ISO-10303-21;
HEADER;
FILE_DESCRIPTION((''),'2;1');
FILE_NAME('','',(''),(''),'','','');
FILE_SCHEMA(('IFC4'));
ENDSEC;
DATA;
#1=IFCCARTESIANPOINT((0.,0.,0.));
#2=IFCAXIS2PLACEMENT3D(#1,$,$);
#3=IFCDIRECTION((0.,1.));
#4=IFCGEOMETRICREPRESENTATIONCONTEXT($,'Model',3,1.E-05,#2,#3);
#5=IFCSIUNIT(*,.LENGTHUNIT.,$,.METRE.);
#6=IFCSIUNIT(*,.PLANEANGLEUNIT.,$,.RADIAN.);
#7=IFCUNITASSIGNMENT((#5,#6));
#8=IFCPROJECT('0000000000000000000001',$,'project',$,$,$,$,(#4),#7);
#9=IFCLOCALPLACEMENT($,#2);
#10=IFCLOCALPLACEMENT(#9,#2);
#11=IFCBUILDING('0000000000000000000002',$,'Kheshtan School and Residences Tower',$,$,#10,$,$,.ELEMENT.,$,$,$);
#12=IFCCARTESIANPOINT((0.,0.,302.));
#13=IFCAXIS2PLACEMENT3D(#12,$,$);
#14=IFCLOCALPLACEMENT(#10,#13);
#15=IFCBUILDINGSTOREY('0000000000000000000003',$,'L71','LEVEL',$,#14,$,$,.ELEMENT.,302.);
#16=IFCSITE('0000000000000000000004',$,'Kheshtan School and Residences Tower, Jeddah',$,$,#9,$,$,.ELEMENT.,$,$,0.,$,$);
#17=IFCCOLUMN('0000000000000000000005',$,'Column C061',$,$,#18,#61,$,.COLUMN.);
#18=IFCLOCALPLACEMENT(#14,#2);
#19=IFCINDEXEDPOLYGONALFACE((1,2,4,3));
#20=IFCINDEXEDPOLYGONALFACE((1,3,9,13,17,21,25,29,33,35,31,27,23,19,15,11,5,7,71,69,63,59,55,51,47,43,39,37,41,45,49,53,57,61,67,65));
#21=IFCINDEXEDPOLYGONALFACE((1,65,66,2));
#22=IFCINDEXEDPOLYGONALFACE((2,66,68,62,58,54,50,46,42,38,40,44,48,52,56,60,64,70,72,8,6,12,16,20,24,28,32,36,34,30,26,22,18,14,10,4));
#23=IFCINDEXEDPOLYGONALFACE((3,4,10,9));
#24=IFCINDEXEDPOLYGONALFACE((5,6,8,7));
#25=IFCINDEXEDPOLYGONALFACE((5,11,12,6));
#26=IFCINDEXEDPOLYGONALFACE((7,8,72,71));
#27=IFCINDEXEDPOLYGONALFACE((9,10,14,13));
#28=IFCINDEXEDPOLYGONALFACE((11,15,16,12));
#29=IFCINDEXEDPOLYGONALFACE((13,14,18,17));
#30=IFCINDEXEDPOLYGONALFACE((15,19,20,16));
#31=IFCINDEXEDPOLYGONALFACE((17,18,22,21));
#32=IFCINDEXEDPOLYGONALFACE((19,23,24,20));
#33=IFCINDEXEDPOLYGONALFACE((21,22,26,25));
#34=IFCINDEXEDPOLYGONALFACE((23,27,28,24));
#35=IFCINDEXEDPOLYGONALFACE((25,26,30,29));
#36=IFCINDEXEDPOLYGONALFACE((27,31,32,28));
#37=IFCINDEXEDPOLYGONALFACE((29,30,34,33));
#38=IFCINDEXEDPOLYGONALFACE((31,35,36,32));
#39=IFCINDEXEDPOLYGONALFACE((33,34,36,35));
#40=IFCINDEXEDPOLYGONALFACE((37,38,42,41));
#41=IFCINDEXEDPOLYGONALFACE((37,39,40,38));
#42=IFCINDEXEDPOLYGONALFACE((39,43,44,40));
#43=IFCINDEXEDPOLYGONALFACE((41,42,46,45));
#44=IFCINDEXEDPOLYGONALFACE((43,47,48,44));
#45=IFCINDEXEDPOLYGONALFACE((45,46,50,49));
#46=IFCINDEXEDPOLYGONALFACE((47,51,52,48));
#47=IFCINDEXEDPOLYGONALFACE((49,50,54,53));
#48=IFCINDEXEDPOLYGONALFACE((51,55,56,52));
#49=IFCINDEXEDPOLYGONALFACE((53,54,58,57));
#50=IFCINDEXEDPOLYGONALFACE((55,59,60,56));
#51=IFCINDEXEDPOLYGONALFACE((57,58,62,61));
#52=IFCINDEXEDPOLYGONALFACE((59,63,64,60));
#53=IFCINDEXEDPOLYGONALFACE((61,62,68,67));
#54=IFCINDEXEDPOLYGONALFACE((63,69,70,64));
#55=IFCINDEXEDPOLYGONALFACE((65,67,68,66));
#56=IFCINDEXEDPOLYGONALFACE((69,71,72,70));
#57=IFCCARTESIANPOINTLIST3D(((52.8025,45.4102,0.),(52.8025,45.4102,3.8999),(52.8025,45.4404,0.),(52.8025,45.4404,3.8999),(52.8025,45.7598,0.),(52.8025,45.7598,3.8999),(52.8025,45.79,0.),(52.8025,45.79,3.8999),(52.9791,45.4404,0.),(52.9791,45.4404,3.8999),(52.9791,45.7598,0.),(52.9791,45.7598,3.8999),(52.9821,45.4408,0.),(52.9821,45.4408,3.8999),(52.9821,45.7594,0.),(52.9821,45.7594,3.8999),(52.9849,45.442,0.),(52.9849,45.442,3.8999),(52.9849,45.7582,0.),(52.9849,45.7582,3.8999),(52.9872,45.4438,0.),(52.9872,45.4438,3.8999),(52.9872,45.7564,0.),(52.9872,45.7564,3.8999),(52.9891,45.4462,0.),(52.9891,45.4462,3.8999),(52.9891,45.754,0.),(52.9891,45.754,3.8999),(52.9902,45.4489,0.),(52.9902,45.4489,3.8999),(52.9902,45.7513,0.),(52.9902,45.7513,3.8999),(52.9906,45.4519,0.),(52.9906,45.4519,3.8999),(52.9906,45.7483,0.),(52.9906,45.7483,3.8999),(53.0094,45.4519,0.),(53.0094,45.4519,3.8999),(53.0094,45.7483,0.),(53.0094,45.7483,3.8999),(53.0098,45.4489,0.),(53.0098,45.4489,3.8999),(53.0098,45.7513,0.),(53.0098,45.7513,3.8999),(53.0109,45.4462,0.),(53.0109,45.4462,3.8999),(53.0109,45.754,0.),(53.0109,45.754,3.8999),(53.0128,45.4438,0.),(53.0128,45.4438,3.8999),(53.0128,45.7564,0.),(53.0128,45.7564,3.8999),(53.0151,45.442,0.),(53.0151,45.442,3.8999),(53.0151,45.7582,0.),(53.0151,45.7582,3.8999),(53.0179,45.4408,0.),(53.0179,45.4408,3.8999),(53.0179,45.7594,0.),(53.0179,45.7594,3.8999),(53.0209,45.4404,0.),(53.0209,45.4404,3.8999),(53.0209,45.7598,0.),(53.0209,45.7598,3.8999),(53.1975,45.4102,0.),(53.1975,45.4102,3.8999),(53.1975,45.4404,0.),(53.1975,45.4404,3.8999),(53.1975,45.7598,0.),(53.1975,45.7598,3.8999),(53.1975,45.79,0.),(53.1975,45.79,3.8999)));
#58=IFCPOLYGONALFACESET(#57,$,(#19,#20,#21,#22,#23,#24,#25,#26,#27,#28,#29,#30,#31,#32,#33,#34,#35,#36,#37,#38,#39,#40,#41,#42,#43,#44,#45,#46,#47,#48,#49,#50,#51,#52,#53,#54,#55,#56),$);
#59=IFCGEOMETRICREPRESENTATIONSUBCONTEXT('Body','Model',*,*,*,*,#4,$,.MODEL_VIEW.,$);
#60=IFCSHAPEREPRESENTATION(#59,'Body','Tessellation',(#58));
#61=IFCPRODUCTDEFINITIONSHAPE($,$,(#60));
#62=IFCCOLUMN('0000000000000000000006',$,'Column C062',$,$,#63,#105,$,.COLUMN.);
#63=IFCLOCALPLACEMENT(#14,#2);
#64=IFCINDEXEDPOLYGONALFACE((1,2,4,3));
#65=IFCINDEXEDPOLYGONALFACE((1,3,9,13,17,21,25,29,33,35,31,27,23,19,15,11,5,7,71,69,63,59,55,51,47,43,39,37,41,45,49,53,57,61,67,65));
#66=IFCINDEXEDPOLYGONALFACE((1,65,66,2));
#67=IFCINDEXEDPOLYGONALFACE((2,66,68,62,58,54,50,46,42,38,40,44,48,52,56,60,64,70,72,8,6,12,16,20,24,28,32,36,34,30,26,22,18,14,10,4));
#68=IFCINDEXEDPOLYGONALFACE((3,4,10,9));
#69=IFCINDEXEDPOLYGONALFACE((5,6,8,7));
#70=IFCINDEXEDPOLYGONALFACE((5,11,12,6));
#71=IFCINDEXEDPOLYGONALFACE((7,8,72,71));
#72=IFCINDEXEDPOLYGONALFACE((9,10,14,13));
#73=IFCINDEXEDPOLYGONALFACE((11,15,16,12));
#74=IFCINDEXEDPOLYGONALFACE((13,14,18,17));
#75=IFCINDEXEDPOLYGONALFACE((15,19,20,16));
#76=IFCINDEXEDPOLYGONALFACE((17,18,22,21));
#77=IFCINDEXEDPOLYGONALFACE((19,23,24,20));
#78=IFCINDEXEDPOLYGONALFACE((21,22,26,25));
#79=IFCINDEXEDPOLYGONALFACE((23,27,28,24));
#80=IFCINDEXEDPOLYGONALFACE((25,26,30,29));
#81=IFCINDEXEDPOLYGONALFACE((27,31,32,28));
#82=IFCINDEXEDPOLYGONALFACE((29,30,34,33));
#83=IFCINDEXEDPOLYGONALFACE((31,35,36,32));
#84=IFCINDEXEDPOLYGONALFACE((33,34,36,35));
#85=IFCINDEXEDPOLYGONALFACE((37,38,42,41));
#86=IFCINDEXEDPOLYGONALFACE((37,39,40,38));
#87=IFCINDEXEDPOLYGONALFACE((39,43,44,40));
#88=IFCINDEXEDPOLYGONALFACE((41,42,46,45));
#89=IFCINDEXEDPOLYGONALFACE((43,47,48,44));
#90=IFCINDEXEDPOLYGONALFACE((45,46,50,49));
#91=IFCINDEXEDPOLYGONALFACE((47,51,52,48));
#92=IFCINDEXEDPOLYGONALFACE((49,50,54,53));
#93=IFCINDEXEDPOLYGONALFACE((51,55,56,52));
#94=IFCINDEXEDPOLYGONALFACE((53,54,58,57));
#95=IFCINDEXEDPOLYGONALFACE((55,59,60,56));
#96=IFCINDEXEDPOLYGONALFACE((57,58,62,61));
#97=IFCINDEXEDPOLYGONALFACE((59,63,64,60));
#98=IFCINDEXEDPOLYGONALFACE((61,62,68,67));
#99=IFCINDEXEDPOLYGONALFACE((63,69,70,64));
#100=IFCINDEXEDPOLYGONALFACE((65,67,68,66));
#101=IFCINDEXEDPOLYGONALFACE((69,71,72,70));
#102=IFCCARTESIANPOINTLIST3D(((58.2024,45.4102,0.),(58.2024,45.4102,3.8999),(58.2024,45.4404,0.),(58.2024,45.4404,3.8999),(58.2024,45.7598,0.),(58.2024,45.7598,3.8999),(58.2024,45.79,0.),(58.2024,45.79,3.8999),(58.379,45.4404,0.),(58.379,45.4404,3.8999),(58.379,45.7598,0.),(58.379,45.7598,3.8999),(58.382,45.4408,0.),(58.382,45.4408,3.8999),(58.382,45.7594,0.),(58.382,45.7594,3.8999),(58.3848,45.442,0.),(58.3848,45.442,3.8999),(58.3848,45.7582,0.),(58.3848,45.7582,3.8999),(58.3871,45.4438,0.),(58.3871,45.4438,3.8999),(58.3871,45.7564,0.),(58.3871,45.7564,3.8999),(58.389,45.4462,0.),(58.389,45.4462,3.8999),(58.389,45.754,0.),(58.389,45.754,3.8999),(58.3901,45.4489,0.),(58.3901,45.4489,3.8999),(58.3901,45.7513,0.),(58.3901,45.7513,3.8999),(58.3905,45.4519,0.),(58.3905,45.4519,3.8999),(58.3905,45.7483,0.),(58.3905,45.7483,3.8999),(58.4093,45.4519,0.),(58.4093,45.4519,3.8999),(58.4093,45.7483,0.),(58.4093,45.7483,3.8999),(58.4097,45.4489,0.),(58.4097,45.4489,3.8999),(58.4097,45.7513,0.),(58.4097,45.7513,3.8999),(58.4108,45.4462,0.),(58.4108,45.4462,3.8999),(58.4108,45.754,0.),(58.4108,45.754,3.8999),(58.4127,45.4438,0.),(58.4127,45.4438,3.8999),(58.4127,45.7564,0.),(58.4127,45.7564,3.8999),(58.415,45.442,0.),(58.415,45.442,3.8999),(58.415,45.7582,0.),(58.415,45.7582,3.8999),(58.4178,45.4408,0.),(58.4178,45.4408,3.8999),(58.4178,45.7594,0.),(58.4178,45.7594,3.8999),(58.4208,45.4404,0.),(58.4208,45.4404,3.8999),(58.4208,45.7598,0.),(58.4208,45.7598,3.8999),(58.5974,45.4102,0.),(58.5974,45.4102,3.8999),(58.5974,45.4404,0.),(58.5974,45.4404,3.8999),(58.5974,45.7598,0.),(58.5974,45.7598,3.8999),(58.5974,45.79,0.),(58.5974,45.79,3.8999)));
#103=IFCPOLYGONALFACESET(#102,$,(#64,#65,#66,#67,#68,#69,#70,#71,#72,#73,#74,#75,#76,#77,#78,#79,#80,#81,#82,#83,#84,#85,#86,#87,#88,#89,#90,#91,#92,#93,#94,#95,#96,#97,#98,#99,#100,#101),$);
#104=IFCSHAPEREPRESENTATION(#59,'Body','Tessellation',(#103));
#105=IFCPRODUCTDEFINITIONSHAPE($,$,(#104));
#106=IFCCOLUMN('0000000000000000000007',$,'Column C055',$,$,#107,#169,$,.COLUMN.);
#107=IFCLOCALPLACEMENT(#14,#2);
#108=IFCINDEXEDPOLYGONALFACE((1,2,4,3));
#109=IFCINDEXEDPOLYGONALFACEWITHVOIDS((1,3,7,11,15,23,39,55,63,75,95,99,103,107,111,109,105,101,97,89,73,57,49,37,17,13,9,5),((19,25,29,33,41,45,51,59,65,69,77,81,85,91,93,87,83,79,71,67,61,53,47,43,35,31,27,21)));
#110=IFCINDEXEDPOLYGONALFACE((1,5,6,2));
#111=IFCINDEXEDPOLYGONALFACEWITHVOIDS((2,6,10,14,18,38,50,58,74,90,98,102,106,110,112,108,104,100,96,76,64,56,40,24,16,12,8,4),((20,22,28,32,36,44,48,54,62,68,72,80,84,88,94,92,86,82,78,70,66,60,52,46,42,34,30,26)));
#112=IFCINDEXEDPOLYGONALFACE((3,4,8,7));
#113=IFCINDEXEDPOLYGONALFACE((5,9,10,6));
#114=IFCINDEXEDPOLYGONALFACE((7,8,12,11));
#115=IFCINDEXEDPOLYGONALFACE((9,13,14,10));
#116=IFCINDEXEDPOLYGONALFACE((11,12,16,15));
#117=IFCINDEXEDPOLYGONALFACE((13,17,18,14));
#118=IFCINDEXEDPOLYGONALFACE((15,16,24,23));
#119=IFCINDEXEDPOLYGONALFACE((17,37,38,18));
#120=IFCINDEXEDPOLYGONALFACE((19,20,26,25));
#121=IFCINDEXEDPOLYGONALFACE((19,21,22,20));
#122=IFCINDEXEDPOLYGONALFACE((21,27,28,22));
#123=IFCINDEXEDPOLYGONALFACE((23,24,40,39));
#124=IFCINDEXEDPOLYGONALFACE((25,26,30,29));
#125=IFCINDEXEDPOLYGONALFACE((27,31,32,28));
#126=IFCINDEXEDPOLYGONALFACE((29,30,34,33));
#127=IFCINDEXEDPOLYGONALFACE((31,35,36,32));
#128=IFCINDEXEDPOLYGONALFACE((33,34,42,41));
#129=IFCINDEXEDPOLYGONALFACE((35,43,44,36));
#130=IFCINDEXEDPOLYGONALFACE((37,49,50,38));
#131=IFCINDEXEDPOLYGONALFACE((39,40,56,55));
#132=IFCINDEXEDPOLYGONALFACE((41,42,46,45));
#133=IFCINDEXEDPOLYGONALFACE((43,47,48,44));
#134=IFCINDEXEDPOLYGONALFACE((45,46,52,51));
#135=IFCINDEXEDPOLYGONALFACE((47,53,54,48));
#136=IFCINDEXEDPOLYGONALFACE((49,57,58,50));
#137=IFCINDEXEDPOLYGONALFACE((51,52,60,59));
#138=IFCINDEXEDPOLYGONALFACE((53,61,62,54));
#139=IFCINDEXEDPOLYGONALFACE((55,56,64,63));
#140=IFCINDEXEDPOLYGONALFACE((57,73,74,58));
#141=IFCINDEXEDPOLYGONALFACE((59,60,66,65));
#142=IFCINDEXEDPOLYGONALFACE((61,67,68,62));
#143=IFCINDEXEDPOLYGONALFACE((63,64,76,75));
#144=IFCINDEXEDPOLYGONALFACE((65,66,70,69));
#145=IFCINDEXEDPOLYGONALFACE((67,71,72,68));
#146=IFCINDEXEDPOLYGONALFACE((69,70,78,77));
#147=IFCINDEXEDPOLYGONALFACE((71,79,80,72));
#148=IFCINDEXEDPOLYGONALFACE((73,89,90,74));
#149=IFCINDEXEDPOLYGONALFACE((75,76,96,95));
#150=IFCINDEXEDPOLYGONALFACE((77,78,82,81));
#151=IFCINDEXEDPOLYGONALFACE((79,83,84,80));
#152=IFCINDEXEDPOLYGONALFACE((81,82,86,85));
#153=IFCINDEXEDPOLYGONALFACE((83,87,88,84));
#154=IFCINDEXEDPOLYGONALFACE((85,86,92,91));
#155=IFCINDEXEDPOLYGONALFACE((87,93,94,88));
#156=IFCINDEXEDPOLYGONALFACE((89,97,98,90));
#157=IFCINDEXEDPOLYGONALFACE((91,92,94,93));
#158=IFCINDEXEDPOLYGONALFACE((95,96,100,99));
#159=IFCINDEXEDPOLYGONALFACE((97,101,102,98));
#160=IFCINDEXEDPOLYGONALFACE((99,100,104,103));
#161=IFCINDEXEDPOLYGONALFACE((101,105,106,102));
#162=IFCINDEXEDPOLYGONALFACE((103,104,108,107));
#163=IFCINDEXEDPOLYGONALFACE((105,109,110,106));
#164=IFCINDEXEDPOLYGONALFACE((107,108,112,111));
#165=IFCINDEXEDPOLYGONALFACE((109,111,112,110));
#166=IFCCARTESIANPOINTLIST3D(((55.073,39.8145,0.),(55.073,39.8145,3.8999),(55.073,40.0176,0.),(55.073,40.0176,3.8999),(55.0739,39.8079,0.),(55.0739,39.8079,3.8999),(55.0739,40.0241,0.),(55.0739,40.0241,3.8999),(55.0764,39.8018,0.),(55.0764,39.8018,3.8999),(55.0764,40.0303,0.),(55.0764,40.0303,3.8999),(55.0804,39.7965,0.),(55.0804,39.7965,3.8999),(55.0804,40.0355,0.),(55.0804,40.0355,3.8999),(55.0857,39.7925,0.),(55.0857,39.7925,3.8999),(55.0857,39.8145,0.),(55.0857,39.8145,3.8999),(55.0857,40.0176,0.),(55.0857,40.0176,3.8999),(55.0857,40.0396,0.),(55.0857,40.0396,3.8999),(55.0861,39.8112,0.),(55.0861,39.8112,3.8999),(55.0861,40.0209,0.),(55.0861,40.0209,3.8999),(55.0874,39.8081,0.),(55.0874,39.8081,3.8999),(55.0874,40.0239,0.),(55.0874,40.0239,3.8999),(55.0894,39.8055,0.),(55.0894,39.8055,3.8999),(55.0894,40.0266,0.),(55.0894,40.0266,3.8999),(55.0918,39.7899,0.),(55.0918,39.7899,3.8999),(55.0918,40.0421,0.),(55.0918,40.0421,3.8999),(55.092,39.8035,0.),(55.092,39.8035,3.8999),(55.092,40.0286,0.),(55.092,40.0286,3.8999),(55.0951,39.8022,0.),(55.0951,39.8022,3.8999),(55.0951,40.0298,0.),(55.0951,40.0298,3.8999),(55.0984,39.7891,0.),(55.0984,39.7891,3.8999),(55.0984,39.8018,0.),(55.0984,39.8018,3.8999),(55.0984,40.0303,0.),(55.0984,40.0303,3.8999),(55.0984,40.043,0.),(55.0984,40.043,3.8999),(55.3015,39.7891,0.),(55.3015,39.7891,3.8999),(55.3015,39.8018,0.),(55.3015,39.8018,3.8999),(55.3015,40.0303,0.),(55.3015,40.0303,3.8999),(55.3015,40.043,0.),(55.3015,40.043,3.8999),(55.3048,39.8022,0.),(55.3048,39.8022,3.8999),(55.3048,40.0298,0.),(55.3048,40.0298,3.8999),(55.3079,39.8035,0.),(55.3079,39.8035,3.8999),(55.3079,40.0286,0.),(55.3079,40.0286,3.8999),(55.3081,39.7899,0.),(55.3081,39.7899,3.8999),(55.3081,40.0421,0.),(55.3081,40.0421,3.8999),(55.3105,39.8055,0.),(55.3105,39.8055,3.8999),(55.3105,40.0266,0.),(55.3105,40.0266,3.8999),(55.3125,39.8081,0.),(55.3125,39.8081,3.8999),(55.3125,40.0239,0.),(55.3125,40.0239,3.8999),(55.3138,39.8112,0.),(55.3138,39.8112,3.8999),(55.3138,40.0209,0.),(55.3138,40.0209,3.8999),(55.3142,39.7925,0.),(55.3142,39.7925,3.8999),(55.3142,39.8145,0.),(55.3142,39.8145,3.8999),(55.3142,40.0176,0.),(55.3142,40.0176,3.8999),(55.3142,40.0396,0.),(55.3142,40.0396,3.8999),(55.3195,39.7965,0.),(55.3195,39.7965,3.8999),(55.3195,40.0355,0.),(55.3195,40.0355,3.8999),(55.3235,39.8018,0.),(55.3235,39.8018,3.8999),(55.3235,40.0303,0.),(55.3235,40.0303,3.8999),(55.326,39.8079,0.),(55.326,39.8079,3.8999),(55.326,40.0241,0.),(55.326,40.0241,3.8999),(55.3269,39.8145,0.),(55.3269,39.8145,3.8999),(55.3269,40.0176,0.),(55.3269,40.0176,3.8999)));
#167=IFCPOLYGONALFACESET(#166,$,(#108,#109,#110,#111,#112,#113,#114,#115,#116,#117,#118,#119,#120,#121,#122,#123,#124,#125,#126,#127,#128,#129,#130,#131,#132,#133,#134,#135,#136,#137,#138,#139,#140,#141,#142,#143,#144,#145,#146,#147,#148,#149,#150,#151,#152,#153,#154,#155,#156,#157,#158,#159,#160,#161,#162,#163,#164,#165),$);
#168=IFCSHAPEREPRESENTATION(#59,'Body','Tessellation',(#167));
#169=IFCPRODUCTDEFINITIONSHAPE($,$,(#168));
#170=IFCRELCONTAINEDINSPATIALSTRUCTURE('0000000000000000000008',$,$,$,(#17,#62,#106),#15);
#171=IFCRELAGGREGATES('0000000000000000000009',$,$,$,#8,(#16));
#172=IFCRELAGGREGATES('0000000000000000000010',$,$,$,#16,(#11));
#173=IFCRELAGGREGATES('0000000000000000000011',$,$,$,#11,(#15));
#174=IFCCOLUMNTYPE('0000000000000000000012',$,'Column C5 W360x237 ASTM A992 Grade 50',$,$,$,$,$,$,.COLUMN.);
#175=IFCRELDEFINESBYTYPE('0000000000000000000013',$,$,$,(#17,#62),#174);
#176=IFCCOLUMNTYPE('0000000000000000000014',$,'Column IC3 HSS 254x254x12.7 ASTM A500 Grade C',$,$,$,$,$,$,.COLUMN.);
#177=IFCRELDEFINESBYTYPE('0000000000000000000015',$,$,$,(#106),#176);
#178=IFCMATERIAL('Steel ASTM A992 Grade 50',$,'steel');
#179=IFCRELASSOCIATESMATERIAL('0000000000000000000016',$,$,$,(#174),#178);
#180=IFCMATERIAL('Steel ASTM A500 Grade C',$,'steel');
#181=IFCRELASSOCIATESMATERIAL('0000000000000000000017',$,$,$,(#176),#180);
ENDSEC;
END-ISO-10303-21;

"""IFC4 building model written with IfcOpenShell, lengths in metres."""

from ifc_helpers import new_model, si_unit, direction, frame, origin, origin_2d, place, context, subcontext, project, spatial, hollow_rectangle, i_section, extrude, material, material_profile, profile_set, type_object, element, save


model = new_model("IFC4")

# Units and contexts
model_context = context("Model", 3, precision=1e-05, world=origin(), true_north=direction((0.0, 1.0)))
body_context = subcontext(model_context, "Body", "Model", "MODEL_VIEW")
ifc_project = project(units=[si_unit("LENGTHUNIT", "METRE"), si_unit("PLANEANGLEUNIT", "RADIAN")], contexts=[model_context])

# Site, building, storey
site_placement = place(None, origin())
site = spatial("IfcSite", under=ifc_project, at=site_placement, Name="Kheshtan School and Residences Tower, Jeddah", CompositionType="ELEMENT", RefElevation=0.0)
building_placement = place(site_placement, origin())
building = spatial("IfcBuilding", under=site, at=building_placement, Name="Kheshtan School and Residences Tower", CompositionType="ELEMENT")
storey_placement = place(building_placement, frame((0.0, 0.0, 302.0)))
storey = spatial("IfcBuildingStorey", under=building, at=storey_placement, Name="L71", Description="LEVEL", CompositionType="ELEMENT", Elevation=302.0)

# Columns
ifc_material_1 = material(Name="Steel ASTM A992 Grade 50", Category="steel")
ifc_material_profile_1 = material_profile(ifc_material_1, i_section(OverallWidth=0.395, OverallDepth=0.3799, WebThickness=0.0188, FlangeThickness=0.0303, FilletRadius=0.0115, at=origin_2d()), Name="W360x237")
ifc_profile_set_1 = profile_set([ifc_material_profile_1], Name="Steel ASTM A992 Grade 50")
column_type_1 = type_object("IfcColumnType", Name="Column C5 W360x237 ASTM A992 Grade 50", PredefinedType="COLUMN", material=ifc_profile_set_1)
for number, where, z_axis, x_axis, name in (
    (1, (53.0, 45.6001, 0.0), (0.0, 0.0, 1.0), (1.0, 0.0, 0.0), "Column C061"),
    (2, (58.3999, 45.6001, 0.0), (0.0, 0.0, 1.0), (1.0, 0.0, 0.0), "Column C062"),
):
    element("IfcColumn", number, at=place(storey_placement, frame(where, z_axis=z_axis, x_axis=x_axis)), inside=storey, type_object=column_type_1, Name=name, PredefinedType="COLUMN", context=body_context, shape_type="SweptSolid", body=[
        extrude(i_section(OverallWidth=0.395, OverallDepth=0.3799, WebThickness=0.0188, FlangeThickness=0.0303, FilletRadius=0.0115, at=origin_2d()), origin(), (0.0, 0.0, 1.0), 3.8999),
    ])
ifc_material_2 = material(Name="Steel ASTM A500 Grade C", Category="steel")
ifc_material_profile_2 = material_profile(ifc_material_2, hollow_rectangle(XDim=0.2539, YDim=0.2539, WallThickness=0.0127, InnerFilletRadius=0.0127, OuterFilletRadius=0.0254, at=origin_2d()), Name="HSS 254x254x12.7")
ifc_profile_set_2 = profile_set([ifc_material_profile_2], Name="Steel ASTM A500 Grade C")
column_type_2 = type_object("IfcColumnType", Name="Column IC3 HSS 254x254x12.7 ASTM A500 Grade C", PredefinedType="COLUMN", material=ifc_profile_set_2)
column_placement = place(storey_placement, frame((55.2, 39.916, 0.0), z_axis=(0.0, 0.0, 1.0), x_axis=(1.0, 0.0, 0.0)))
element("IfcColumn", 3, at=column_placement, inside=storey, type_object=column_type_2, Name="Column C055", PredefinedType="COLUMN", context=body_context, shape_type="SweptSolid", body=[
    extrude(hollow_rectangle(XDim=0.2539, YDim=0.2539, WallThickness=0.0127, InnerFilletRadius=0.0127, OuterFilletRadius=0.0254, at=origin_2d()), origin(), (0.0, 0.0, 1.0), 3.8999),
])

save(model, "model.ifc")
